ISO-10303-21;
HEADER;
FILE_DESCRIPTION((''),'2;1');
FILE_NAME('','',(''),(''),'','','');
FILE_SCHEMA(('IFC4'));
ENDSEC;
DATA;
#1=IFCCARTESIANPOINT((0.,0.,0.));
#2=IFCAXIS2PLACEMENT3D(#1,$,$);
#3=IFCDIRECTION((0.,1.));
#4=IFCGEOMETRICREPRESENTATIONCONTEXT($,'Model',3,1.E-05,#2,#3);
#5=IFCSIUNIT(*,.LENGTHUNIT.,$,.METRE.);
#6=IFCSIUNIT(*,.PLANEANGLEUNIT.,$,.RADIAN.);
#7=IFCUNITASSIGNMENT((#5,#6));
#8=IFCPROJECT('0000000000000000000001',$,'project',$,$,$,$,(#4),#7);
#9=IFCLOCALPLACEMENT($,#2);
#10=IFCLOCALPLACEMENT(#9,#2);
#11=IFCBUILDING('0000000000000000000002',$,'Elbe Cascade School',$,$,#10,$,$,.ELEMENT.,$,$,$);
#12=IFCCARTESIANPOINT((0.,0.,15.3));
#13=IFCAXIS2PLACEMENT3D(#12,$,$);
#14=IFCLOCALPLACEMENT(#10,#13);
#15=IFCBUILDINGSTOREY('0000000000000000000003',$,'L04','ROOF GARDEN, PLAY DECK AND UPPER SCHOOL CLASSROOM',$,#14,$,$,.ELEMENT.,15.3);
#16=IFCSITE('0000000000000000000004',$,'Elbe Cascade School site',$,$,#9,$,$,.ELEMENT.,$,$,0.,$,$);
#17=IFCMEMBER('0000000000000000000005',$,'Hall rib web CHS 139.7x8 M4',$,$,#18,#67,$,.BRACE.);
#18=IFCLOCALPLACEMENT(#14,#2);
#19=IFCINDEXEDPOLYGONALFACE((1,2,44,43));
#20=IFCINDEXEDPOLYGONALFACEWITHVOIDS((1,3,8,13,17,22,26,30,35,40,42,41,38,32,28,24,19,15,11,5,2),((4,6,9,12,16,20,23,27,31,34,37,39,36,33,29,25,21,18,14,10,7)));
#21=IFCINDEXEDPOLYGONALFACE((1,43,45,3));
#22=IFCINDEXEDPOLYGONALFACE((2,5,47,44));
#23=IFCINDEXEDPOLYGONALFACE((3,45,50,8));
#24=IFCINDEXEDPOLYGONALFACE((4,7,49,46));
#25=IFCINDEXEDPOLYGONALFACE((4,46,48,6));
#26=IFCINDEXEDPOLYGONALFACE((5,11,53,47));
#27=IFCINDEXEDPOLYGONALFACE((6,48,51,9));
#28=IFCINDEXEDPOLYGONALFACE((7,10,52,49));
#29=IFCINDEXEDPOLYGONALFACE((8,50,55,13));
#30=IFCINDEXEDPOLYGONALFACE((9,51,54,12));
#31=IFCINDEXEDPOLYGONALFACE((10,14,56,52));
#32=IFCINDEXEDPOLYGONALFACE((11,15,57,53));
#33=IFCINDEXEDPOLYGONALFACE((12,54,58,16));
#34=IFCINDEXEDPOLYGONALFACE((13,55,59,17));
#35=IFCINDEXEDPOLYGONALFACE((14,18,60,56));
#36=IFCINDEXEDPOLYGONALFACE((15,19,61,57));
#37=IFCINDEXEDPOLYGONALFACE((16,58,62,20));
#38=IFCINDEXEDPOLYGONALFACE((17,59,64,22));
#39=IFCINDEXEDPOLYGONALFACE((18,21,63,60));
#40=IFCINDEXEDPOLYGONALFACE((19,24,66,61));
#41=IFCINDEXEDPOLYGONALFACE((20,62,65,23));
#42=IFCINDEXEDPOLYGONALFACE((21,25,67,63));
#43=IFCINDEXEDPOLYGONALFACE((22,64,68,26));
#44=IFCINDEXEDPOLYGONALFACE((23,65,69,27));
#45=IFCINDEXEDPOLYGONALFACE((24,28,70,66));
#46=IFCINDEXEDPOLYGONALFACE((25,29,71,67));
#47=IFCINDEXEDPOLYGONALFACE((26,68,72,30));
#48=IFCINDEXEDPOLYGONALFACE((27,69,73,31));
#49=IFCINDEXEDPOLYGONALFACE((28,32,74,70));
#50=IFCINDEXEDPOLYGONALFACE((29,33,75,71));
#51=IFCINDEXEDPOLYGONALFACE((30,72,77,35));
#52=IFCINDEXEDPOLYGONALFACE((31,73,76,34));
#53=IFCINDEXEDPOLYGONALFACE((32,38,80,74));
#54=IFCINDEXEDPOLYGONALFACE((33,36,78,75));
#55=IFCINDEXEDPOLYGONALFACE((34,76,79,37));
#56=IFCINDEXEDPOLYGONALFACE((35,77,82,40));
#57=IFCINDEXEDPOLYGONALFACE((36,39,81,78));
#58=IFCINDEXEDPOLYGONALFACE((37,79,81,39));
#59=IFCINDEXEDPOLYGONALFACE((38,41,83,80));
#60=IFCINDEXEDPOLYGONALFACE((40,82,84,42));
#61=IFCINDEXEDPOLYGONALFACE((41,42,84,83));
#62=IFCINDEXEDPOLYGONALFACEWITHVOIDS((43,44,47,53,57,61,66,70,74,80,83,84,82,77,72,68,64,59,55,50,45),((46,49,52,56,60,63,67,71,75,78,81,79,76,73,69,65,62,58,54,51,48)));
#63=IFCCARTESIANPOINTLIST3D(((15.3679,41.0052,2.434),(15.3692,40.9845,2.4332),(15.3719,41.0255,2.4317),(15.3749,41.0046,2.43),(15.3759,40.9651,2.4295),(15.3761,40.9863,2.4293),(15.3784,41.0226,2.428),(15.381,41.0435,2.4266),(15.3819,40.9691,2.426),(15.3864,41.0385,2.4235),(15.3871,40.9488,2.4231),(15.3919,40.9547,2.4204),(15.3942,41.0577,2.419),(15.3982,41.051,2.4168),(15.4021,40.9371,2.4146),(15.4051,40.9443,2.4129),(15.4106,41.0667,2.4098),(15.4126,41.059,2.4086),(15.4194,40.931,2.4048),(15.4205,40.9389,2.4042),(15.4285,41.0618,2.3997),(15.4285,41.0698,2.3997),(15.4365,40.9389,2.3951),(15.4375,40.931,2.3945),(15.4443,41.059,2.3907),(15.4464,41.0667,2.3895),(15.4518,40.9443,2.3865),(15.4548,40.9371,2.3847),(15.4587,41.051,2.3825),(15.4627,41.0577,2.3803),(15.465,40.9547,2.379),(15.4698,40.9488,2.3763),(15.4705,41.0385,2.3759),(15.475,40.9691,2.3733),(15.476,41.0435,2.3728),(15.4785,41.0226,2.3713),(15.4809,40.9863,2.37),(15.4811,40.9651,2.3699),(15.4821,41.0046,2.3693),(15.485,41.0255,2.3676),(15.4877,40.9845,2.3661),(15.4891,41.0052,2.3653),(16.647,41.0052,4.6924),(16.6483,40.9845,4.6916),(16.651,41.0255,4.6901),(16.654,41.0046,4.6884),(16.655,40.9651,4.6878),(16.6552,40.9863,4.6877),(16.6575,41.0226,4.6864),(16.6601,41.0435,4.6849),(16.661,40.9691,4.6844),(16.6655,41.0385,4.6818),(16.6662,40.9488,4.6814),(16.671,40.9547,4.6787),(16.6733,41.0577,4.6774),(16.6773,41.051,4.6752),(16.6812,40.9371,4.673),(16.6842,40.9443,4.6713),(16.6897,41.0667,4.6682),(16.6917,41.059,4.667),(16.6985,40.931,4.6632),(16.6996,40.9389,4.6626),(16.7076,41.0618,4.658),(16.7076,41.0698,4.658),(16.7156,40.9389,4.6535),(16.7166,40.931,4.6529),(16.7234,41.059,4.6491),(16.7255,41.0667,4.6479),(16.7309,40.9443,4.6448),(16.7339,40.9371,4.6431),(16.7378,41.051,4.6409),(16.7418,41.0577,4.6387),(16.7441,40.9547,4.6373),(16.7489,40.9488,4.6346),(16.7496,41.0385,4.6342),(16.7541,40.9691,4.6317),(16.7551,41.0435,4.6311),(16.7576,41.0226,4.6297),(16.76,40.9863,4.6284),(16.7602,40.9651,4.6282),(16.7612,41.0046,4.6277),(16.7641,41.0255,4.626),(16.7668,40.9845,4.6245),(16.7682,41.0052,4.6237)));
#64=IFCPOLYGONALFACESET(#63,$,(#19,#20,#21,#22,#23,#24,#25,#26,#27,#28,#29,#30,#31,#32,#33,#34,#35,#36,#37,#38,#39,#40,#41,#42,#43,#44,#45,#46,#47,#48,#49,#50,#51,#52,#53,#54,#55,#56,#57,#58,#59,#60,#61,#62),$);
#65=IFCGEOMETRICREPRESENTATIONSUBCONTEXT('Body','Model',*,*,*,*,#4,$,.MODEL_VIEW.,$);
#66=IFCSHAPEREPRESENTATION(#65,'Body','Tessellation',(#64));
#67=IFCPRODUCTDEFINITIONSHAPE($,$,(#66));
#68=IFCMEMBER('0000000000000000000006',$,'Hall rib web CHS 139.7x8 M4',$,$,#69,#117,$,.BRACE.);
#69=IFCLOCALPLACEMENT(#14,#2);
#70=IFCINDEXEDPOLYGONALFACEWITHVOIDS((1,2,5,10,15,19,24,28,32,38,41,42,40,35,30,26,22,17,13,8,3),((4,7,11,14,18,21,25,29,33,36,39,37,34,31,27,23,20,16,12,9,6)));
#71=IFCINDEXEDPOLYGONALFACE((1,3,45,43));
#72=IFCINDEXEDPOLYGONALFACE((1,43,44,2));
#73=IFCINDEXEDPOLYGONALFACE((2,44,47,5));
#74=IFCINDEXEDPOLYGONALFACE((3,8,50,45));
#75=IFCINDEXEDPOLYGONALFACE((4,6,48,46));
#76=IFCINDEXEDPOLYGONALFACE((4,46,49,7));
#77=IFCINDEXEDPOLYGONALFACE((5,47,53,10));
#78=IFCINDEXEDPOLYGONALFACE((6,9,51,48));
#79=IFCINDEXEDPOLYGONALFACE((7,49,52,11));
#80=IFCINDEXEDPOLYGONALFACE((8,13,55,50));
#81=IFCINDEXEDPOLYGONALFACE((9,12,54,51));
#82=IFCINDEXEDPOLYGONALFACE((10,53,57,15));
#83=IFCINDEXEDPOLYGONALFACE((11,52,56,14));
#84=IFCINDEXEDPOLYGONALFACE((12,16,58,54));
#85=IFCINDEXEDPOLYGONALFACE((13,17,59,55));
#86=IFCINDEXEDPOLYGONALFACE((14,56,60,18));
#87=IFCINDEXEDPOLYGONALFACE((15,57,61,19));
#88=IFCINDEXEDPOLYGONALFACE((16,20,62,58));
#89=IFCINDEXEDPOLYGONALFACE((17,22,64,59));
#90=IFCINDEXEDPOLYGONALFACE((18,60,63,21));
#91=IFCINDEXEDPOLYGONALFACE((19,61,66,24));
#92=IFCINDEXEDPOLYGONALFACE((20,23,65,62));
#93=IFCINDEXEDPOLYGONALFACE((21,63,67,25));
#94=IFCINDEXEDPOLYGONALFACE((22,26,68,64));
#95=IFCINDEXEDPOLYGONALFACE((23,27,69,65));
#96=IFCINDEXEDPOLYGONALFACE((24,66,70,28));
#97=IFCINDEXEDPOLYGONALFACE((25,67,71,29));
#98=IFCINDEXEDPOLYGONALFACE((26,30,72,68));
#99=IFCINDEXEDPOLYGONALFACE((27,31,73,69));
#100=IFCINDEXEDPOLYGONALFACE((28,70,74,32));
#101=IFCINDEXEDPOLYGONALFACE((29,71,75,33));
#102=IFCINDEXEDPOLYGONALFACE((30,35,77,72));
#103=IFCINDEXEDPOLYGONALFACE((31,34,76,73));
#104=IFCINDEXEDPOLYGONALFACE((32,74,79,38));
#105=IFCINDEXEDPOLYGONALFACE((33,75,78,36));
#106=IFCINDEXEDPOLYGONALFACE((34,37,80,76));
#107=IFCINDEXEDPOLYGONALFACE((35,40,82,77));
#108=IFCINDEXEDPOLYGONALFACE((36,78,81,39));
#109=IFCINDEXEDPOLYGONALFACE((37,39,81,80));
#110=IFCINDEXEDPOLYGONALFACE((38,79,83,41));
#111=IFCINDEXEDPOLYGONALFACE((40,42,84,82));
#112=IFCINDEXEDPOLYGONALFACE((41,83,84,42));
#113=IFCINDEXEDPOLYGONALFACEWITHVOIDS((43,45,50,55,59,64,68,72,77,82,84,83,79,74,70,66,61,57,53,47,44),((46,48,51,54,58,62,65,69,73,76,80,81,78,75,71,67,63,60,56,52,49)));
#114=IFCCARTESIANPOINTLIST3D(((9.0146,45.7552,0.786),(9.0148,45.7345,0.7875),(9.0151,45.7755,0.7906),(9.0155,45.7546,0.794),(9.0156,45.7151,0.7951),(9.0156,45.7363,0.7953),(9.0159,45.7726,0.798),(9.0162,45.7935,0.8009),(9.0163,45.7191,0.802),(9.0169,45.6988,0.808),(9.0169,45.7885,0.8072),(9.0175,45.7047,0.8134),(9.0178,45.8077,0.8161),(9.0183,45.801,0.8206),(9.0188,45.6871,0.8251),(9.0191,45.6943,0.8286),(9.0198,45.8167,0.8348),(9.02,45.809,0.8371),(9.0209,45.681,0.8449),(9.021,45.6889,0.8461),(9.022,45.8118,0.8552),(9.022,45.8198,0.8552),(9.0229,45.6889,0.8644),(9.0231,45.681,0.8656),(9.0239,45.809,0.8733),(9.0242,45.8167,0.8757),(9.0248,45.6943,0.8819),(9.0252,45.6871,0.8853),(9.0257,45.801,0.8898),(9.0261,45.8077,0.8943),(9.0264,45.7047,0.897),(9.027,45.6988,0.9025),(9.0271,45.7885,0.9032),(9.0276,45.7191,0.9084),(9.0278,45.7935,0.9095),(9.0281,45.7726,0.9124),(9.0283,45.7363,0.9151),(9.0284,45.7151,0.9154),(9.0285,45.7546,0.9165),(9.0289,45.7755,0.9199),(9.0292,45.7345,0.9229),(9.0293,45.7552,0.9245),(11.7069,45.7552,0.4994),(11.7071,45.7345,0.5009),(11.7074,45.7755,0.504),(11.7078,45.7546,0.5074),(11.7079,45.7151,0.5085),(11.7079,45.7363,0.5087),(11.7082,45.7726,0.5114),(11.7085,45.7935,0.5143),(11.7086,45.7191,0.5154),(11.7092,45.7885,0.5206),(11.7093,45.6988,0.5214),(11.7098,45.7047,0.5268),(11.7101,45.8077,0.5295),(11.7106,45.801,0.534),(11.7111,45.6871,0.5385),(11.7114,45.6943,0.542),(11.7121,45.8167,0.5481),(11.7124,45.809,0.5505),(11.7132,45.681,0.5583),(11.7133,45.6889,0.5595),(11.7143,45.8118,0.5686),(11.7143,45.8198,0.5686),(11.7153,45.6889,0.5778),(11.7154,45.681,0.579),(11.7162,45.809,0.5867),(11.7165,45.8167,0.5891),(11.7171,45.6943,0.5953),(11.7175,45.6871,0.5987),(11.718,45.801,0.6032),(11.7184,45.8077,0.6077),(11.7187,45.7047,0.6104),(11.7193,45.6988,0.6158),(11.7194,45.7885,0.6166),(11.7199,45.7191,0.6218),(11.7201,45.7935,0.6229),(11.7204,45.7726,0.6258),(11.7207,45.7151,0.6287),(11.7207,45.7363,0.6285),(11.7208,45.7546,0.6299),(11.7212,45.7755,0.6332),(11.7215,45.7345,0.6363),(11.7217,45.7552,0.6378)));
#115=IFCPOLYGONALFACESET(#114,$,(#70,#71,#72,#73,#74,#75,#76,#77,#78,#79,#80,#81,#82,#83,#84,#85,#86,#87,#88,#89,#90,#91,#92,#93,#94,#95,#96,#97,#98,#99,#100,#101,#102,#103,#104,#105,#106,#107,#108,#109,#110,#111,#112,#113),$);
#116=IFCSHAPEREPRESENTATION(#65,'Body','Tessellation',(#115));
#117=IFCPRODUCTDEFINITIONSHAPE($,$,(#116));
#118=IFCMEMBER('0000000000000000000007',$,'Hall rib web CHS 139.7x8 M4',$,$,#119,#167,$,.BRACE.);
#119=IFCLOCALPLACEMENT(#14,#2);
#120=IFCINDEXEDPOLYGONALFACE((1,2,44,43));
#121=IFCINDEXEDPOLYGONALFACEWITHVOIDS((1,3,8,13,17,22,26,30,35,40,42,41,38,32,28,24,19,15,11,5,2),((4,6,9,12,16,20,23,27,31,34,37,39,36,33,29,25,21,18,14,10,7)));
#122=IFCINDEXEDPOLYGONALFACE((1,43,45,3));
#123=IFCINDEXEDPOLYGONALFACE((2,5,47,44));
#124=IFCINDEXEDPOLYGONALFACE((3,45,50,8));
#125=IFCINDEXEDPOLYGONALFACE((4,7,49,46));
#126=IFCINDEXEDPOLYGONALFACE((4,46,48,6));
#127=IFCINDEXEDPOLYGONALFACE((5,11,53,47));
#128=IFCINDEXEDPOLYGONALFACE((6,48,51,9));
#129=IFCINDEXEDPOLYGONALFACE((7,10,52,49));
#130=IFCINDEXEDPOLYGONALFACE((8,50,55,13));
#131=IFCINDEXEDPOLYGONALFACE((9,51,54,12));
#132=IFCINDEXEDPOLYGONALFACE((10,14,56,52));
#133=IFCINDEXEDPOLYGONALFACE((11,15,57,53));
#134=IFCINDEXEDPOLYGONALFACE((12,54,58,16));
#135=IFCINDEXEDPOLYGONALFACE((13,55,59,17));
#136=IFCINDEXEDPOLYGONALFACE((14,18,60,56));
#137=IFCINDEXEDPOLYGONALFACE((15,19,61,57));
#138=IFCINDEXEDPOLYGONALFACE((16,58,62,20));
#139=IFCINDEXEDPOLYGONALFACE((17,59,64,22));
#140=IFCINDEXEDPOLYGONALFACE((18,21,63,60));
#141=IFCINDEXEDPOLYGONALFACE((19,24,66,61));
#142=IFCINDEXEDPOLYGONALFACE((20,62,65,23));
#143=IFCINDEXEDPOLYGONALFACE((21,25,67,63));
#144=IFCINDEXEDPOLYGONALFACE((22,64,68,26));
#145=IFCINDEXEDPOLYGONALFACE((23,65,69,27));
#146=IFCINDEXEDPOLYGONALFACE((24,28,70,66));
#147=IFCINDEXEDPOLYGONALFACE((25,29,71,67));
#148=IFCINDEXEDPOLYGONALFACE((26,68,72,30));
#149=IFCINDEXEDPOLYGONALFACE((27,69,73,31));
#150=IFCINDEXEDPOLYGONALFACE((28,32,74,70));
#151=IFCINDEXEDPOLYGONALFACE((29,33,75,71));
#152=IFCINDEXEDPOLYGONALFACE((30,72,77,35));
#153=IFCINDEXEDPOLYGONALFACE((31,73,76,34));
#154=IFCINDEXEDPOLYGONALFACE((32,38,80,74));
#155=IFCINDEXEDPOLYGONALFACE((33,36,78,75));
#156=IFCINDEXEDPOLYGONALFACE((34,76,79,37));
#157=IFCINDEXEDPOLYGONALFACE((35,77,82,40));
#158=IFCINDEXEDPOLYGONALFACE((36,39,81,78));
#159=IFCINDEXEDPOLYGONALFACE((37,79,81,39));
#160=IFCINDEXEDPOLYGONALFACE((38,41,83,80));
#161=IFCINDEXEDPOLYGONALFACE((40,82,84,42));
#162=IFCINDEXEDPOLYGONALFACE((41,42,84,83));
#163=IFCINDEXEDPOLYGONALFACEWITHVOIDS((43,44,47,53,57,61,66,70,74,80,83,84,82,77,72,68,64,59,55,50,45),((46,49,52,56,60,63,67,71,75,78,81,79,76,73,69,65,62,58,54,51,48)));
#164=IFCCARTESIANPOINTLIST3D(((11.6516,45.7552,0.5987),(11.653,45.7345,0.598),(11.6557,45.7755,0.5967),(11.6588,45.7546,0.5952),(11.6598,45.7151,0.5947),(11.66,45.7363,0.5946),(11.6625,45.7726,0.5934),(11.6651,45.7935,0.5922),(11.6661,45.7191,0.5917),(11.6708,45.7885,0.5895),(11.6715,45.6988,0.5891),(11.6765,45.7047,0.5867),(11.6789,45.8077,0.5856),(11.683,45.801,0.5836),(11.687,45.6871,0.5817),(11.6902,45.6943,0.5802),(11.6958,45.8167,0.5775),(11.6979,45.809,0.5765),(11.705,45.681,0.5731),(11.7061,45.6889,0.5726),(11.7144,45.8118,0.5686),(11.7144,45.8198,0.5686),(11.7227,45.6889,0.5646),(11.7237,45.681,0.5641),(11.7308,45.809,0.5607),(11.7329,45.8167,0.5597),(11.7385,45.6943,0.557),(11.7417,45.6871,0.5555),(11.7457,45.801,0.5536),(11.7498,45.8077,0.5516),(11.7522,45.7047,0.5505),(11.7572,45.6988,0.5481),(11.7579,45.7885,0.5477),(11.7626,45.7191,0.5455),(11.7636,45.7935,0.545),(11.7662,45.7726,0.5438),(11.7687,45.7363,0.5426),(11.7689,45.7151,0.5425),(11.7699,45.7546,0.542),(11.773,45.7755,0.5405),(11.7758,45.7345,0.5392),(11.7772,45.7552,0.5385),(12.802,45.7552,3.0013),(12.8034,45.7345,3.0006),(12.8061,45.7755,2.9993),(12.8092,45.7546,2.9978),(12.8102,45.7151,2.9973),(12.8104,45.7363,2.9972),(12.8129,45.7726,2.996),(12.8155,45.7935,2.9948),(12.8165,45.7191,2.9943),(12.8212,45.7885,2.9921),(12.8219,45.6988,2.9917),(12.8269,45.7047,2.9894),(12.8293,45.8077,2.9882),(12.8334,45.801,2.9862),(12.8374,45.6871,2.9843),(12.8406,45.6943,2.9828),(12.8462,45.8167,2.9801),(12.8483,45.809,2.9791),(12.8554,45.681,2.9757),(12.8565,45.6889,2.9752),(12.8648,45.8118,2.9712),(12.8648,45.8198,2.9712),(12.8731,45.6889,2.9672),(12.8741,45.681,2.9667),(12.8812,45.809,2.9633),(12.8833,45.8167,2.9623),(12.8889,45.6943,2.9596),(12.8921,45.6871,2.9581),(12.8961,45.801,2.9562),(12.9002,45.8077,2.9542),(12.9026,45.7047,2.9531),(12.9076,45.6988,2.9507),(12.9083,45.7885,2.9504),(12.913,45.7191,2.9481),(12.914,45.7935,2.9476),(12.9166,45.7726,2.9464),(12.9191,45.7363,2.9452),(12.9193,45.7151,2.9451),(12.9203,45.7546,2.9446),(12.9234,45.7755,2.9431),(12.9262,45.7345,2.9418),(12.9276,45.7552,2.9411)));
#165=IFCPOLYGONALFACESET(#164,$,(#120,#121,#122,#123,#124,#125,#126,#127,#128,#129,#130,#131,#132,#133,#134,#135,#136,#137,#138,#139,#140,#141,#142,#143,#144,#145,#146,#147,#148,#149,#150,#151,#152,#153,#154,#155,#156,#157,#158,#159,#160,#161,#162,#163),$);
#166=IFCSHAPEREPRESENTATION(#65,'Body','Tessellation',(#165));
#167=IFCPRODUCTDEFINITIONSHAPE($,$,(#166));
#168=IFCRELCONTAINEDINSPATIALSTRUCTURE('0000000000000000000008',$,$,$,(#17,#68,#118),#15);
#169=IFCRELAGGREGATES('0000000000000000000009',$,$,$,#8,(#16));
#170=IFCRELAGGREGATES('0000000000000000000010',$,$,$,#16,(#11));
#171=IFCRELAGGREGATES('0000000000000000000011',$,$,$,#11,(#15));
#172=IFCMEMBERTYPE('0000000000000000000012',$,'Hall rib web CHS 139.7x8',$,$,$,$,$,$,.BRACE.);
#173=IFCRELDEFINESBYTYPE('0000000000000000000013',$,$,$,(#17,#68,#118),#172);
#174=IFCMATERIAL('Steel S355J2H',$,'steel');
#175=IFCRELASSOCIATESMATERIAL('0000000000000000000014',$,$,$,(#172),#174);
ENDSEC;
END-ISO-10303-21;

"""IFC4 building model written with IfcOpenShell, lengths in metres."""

from ifc_helpers import new_model, si_unit, direction, frame, origin, origin_2d, place, context, subcontext, project, spatial, hollow_circle, extrude, material, material_profile, profile_set, type_object, element, save


model = new_model("IFC4")

# Units and contexts
model_context = context("Model", 3, precision=1e-05, world=origin(), true_north=direction((0.0, 1.0)))
body_context = subcontext(model_context, "Body", "Model", "MODEL_VIEW")
ifc_project = project(units=[si_unit("LENGTHUNIT", "METRE"), si_unit("PLANEANGLEUNIT", "RADIAN")], contexts=[model_context])

# Site, building, storey
site_placement = place(None, origin())
site = spatial("IfcSite", under=ifc_project, at=site_placement, Name="Elbe Cascade School site", CompositionType="ELEMENT", RefElevation=0.0)
building_placement = place(site_placement, origin())
building = spatial("IfcBuilding", under=site, at=building_placement, Name="Elbe Cascade School", CompositionType="ELEMENT")
storey_placement = place(building_placement, frame((0.0, 0.0, 15.3)))
storey = spatial("IfcBuildingStorey", under=building, at=storey_placement, Name="L04", Description="ROOF GARDEN, PLAY DECK AND UPPER SCHOOL CLASSROOM", CompositionType="ELEMENT", Elevation=15.3)

# Members
ifc_material_1 = material(Name="Steel S355J2H", Category="steel")
ifc_material_profile_1 = material_profile(ifc_material_1, hollow_circle(Radius=0.0698, WallThickness=0.0081, at=origin_2d()), Name="CHS 139.7x8")
ifc_profile_set_1 = profile_set([ifc_material_profile_1], Name="Steel S355J2H")
member_type_1 = type_object("IfcMemberType", Name="Hall rib web CHS 139.7x8", PredefinedType="BRACE", material=ifc_profile_set_1)
member_1_placement = place(storey_placement, frame((15.4285, 41.0, 2.3997), z_axis=(0.492823, 0.0, 0.87013), x_axis=(0.0, 1.0, 0.0)))
element("IfcMember", 1, at=member_1_placement, inside=storey, type_object=member_type_1, Name="Hall rib web CHS 139.7x8 M4", PredefinedType="BRACE", context=body_context, shape_type="SweptSolid", body=[
    extrude(hollow_circle(Radius=0.0698, WallThickness=0.0081, at=origin_2d()), origin(), (0.0, 0.0, 1.0), 2.5955),
])
member_2_placement = place(storey_placement, frame((9.022, 45.75, 0.8552), z_axis=(0.994381, 0.0, -0.105858), x_axis=(0.0, 1.0, 0.0)))
element("IfcMember", 2, at=member_2_placement, inside=storey, type_object=member_type_1, Name="Hall rib web CHS 139.7x8 M4", PredefinedType="BRACE", context=body_context, shape_type="SweptSolid", body=[
    extrude(hollow_circle(Radius=0.0698, WallThickness=0.0081, at=origin_2d()), origin(), (0.0, 0.0, 1.0), 2.7075),
])
member_3_placement = place(storey_placement, frame((11.7144, 45.75, 0.5686), z_axis=(0.431861, 0.0, 0.90194), x_axis=(0.0, 1.0, 0.0)))
element("IfcMember", 3, at=member_3_placement, inside=storey, type_object=member_type_1, Name="Hall rib web CHS 139.7x8 M4", PredefinedType="BRACE", context=body_context, shape_type="SweptSolid", body=[
    extrude(hollow_circle(Radius=0.0698, WallThickness=0.0081, at=origin_2d()), origin(), (0.0, 0.0, 1.0), 2.6638),
])

save(model, "model.ifc")
